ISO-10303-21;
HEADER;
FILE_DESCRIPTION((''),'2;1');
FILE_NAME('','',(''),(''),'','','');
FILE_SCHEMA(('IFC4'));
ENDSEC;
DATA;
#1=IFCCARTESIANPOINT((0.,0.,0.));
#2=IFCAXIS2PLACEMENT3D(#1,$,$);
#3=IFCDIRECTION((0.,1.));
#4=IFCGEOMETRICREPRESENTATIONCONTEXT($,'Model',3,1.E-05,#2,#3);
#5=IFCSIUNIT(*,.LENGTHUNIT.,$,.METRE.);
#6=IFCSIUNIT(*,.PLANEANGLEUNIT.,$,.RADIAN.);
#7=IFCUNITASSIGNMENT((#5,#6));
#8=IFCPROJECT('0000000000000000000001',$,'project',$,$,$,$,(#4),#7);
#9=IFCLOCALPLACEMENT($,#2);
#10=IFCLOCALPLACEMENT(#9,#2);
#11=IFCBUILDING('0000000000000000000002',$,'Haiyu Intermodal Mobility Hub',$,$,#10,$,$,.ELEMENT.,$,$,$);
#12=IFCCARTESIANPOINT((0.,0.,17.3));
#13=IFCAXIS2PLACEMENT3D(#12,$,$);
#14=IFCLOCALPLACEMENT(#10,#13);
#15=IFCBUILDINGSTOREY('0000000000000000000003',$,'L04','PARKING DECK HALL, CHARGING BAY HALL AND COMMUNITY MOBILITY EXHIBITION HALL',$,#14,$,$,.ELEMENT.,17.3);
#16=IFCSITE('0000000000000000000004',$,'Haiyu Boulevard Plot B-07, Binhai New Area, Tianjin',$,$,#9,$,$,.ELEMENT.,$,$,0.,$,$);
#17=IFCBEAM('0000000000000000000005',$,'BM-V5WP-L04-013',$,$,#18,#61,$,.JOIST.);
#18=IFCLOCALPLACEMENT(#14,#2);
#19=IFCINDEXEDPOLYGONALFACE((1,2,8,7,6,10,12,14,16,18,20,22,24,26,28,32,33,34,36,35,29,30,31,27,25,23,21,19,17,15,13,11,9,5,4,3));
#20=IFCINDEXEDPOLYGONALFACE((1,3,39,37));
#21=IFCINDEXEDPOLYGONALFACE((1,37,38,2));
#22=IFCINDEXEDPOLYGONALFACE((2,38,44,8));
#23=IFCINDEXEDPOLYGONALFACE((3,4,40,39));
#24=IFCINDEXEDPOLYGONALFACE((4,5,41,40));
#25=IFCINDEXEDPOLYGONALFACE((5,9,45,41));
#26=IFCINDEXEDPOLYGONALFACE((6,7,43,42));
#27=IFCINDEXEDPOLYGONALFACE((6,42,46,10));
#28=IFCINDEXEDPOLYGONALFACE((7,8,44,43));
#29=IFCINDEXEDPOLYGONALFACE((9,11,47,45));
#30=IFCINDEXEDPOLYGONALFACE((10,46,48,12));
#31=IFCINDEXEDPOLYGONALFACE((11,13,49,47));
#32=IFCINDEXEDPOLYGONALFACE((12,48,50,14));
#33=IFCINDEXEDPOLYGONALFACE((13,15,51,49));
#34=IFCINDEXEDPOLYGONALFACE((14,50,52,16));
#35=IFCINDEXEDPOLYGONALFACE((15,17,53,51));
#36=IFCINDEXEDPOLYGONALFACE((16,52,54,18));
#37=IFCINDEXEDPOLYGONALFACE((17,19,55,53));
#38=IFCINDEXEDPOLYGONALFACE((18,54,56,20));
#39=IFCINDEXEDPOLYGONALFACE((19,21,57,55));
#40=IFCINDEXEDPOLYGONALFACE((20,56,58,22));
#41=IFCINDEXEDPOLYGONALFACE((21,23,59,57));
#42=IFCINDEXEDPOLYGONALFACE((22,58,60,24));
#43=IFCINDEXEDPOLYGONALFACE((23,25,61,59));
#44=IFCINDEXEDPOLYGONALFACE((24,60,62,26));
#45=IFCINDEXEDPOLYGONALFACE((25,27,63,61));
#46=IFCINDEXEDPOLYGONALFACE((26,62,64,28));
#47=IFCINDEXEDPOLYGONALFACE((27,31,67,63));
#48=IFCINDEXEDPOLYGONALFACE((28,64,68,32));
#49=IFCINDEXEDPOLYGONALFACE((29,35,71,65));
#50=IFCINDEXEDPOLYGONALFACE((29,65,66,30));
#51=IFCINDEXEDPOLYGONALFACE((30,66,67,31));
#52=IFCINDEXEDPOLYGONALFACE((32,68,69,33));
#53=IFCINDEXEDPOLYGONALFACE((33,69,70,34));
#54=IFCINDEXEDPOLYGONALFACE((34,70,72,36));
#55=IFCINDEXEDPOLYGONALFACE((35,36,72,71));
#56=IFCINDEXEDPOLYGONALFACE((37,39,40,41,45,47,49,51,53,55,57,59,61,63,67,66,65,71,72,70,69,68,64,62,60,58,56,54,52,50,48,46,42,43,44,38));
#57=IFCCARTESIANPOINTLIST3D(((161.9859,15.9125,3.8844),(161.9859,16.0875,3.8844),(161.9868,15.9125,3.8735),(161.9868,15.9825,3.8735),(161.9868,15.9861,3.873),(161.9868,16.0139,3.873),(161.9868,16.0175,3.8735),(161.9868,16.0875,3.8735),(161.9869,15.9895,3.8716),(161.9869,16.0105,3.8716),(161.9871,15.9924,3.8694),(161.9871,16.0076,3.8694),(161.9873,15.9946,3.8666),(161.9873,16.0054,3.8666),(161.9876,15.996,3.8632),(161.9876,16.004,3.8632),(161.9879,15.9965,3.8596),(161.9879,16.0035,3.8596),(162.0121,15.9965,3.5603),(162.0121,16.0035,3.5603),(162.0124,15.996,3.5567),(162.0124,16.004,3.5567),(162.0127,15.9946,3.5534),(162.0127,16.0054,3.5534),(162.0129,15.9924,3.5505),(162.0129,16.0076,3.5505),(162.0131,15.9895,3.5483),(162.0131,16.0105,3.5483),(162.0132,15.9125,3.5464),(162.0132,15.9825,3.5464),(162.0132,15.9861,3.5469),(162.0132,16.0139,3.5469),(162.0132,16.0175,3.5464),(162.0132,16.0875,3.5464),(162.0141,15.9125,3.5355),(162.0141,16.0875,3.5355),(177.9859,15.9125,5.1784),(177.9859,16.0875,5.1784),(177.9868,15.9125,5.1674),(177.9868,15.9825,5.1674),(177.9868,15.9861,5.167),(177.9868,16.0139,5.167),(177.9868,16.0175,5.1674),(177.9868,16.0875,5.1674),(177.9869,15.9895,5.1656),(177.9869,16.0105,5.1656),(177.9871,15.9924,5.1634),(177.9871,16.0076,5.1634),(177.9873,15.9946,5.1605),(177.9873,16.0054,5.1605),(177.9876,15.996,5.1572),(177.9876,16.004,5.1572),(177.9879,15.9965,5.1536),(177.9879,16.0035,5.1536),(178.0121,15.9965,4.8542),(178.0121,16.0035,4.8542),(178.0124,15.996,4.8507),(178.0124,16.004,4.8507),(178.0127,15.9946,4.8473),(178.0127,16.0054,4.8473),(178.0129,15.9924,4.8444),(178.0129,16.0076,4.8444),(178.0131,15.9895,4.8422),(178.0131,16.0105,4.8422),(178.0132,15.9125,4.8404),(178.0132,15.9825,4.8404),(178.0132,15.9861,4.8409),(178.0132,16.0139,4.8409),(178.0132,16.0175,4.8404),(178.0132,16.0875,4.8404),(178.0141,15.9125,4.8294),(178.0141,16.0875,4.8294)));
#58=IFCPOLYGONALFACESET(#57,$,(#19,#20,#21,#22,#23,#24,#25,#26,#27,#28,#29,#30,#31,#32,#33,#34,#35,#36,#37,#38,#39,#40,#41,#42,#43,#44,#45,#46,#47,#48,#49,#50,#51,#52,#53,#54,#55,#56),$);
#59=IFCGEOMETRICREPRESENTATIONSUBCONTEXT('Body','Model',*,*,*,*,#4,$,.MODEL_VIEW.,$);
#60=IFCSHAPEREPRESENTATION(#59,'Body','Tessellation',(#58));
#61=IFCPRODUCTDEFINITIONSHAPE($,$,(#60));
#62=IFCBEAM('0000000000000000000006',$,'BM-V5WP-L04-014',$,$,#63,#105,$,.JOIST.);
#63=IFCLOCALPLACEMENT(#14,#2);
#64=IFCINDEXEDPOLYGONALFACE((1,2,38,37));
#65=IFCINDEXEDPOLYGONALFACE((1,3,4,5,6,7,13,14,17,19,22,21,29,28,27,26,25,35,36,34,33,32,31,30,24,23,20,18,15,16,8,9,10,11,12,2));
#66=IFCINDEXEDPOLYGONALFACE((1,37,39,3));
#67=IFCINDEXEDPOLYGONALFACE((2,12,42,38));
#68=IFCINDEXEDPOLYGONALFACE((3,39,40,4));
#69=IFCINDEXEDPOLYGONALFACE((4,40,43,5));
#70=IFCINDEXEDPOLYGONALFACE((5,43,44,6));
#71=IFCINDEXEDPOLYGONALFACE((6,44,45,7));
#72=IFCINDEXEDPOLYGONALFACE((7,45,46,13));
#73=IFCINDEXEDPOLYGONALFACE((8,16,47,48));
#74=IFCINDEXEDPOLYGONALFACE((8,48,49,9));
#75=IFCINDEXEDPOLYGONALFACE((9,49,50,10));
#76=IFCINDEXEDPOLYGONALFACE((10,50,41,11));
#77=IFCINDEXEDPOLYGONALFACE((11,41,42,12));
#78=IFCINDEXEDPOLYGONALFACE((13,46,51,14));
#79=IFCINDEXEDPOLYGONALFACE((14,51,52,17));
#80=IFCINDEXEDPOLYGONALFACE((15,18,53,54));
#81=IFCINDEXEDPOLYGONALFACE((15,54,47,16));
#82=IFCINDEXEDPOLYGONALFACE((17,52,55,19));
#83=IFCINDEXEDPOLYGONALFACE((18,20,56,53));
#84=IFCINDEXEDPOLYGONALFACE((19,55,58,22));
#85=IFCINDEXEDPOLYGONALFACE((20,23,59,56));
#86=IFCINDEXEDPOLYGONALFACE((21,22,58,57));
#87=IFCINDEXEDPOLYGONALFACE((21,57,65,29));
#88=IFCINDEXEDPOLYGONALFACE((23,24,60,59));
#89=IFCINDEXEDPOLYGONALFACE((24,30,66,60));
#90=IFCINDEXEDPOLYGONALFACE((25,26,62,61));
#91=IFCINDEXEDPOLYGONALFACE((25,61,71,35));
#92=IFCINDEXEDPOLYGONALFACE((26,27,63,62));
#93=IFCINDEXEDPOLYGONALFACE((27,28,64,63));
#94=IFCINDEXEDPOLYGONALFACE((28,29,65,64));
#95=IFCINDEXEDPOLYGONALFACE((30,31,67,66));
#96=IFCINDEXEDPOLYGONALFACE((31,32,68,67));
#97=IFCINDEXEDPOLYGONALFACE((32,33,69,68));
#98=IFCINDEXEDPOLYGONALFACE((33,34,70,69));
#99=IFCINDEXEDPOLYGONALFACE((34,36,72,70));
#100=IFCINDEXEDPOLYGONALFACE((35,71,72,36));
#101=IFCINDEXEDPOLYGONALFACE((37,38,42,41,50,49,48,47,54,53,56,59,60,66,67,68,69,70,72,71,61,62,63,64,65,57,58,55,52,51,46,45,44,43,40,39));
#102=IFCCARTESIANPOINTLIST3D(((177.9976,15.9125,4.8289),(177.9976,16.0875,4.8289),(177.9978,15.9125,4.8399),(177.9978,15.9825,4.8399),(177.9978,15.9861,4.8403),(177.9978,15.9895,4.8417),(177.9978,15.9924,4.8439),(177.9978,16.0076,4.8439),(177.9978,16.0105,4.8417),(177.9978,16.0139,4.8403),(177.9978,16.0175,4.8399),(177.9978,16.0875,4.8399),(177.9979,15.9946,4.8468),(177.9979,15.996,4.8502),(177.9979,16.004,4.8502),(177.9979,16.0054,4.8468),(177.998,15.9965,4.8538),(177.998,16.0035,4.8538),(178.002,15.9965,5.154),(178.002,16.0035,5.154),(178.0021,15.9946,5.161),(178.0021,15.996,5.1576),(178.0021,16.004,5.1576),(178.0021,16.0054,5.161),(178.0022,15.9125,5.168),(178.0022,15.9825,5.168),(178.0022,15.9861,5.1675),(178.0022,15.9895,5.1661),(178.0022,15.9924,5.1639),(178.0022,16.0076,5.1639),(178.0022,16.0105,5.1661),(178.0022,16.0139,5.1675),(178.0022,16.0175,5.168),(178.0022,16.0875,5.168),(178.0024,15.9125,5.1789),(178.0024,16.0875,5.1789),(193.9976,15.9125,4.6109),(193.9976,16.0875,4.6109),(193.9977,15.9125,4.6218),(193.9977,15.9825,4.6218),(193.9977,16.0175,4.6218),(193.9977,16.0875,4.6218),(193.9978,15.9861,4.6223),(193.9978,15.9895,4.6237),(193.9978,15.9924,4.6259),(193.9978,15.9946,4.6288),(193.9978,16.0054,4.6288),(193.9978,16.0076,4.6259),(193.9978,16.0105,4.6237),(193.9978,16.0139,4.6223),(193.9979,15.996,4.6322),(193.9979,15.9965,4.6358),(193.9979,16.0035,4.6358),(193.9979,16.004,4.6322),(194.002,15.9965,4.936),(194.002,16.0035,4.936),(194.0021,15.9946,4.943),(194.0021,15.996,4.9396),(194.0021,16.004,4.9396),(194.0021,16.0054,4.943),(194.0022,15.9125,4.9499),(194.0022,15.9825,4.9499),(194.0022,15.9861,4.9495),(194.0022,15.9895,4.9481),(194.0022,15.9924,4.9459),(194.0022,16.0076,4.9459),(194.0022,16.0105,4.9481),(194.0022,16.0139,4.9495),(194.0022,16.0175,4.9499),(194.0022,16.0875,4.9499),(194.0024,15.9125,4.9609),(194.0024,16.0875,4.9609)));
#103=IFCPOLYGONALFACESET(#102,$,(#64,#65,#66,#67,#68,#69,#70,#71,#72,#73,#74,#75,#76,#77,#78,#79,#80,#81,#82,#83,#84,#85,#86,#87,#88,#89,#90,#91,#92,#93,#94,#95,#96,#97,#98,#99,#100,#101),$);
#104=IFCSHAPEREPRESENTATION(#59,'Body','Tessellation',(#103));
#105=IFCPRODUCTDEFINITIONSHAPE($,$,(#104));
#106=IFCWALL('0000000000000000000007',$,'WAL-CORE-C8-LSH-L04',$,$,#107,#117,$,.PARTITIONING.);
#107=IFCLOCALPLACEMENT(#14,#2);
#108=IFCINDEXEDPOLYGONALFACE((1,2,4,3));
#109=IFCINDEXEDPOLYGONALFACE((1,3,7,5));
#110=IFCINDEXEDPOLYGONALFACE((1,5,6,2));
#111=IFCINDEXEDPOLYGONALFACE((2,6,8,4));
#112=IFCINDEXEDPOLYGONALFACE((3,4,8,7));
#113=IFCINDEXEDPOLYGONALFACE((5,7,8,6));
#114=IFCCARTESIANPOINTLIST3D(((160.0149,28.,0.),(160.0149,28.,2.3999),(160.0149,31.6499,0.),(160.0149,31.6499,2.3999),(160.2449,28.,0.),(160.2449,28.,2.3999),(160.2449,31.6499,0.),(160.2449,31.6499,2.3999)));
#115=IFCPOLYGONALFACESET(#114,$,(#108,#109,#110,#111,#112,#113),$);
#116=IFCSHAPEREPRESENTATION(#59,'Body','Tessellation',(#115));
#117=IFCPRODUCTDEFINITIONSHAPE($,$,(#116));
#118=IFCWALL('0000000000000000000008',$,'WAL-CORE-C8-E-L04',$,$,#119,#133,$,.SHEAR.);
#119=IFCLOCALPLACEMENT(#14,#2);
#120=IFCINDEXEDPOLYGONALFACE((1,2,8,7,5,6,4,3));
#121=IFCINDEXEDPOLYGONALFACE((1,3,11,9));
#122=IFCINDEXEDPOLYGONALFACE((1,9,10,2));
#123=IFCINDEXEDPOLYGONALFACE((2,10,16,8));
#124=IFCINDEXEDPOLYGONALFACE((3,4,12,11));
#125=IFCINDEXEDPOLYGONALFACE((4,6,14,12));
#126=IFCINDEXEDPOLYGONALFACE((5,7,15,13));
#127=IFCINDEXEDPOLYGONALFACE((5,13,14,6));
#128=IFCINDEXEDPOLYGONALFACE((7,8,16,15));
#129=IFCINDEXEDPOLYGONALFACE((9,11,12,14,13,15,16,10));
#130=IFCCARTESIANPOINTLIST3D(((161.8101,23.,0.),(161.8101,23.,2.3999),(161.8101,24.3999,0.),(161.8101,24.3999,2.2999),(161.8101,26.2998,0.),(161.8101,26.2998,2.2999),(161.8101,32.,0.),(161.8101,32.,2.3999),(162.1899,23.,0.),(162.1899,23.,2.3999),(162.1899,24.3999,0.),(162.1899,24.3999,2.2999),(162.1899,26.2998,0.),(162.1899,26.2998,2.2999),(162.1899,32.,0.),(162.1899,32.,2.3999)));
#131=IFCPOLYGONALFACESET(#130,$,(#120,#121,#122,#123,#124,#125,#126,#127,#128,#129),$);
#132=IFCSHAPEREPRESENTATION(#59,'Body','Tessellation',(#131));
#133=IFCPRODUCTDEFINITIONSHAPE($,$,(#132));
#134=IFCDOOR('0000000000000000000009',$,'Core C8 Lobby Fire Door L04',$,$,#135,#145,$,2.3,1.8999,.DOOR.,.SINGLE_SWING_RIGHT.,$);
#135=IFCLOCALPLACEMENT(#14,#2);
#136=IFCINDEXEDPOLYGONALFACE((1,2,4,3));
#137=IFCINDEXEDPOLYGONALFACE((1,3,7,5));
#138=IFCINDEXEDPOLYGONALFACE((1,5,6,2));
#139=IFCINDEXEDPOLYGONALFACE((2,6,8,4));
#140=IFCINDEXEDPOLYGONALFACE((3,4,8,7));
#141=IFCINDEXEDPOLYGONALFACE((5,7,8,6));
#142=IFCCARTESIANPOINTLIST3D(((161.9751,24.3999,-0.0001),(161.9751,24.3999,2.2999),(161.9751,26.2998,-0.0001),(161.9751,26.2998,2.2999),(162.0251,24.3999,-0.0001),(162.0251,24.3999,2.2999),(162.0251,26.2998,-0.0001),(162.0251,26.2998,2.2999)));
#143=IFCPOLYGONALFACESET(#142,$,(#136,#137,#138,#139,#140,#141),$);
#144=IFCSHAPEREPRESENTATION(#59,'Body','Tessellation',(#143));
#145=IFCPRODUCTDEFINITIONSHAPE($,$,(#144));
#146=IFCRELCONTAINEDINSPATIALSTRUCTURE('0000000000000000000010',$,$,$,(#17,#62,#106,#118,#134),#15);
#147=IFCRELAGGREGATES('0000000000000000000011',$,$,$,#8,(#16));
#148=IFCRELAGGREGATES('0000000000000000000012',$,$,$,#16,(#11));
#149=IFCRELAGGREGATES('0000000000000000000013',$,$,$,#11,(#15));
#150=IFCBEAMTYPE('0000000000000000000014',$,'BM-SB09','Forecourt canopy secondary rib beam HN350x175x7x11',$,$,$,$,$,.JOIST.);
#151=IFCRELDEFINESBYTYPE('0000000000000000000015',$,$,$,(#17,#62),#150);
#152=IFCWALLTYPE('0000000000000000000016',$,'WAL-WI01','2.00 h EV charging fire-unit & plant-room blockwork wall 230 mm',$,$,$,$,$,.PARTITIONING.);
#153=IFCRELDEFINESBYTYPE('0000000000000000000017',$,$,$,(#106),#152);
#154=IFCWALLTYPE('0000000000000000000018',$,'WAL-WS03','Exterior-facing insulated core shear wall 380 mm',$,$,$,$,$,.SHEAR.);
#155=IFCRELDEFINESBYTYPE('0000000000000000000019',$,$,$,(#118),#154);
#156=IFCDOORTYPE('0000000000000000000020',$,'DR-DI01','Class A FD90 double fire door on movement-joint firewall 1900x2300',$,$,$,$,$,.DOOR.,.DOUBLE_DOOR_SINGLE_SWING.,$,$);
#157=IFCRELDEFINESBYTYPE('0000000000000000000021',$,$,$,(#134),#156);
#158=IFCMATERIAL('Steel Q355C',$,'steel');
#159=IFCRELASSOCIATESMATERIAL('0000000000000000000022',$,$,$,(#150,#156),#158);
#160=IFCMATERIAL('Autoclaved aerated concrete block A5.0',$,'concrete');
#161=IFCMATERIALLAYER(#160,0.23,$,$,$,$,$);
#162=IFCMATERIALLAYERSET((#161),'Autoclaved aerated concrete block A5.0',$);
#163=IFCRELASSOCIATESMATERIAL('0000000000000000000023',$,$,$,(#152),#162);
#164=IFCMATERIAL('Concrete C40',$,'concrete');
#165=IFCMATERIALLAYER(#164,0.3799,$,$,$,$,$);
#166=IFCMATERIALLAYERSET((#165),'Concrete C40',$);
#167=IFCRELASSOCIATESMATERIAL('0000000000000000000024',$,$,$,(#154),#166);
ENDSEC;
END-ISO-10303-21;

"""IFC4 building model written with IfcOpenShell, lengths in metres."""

from ifc_helpers import new_model, si_unit, direction, frame, frame_2d, origin, origin_2d, place, context, subcontext, project, spatial, rectangle, i_section, extrude, material, layer, layer_set, material_profile, profile_set, type_object, element, fill, save


model = new_model("IFC4")

# Units and contexts
model_context = context("Model", 3, precision=1e-05, world=origin(), true_north=direction((0.0, 1.0)))
body_context = subcontext(model_context, "Body", "Model", "MODEL_VIEW")
ifc_project = project(units=[si_unit("LENGTHUNIT", "METRE"), si_unit("PLANEANGLEUNIT", "RADIAN")], contexts=[model_context])

# Site, building, storey
site_placement = place(None, origin())
site = spatial("IfcSite", under=ifc_project, at=site_placement, Name="Haiyu Boulevard Plot B-07, Binhai New Area, Tianjin", CompositionType="ELEMENT", RefElevation=0.0)
building_placement = place(site_placement, origin())
building = spatial("IfcBuilding", under=site, at=building_placement, Name="Haiyu Intermodal Mobility Hub", CompositionType="ELEMENT")
storey_placement = place(building_placement, frame((0.0, 0.0, 17.3)))
storey = spatial("IfcBuildingStorey", under=building, at=storey_placement, Name="L04", Description="PARKING DECK HALL, CHARGING BAY HALL AND COMMUNITY MOBILITY EXHIBITION HALL", CompositionType="ELEMENT", Elevation=17.3)

# Shared definitions
ifc_material_1 = material(Name="Steel Q355C", Category="steel")

# Beams
ifc_material_2 = material(Name="Concrete C40", Category="concrete")
ifc_material_profile_1 = material_profile(ifc_material_1, i_section(OverallWidth=0.175, OverallDepth=0.3501, WebThickness=0.0071, FlangeThickness=0.011, FilletRadius=0.0139, at=origin_2d()), Name="HN350x175x7x11")
ifc_profile_set_1 = profile_set([ifc_material_profile_1], Name="Steel Q355C")
beam_type_1 = type_object("IfcBeamType", Name="BM-SB09", Description="Forecourt canopy secondary rib beam HN350x175x7x11", PredefinedType="JOIST", material=ifc_profile_set_1)
beam_1_placement = place(storey_placement, frame((162.0, 16.0, 3.71), z_axis=(0.996746, 0.0, 0.080608), x_axis=(0.0, 1.0, 0.0)))
element("IfcBeam", 1, at=beam_1_placement, inside=storey, type_object=beam_type_1, Name="BM-V5WP-L04-013", PredefinedType="JOIST", context=body_context, shape_type="SweptSolid", body=[
    extrude(i_section(OverallWidth=0.175, OverallDepth=0.3501, WebThickness=0.0071, FlangeThickness=0.011, FilletRadius=0.0139, at=origin_2d()), origin(), (0.0, 0.0, 1.0), 16.0522),
])
beam_2_placement = place(storey_placement, frame((178.0, 16.0, 5.0039), z_axis=(0.999907, 0.0, -0.013625), x_axis=(0.0, 1.0, 0.0)))
element("IfcBeam", 2, at=beam_2_placement, inside=storey, type_object=beam_type_1, Name="BM-V5WP-L04-014", PredefinedType="JOIST", context=body_context, shape_type="SweptSolid", body=[
    extrude(i_section(OverallWidth=0.175, OverallDepth=0.3501, WebThickness=0.0071, FlangeThickness=0.011, FilletRadius=0.0139, at=origin_2d()), origin(), (0.0, 0.0, 1.0), 16.0015),
])

# Wall
ifc_material_3 = material(Name="Autoclaved aerated concrete block A5.0", Category="concrete")
ifc_layer_1 = layer(ifc_material_3, 0.23)
ifc_layer_set_1 = layer_set([ifc_layer_1], Name="Autoclaved aerated concrete block A5.0")
wall_type_1 = type_object("IfcWallType", Name="WAL-WI01", Description="2.00 h EV charging fire-unit & plant-room blockwork wall 230 mm", PredefinedType="PARTITIONING", material=ifc_layer_set_1)
wall_1_placement = place(storey_placement, frame((160.1299, 28.0, 0.0), z_axis=(0.0, 0.0, 1.0), x_axis=(0.0, 1.0, 0.0)))
element("IfcWall", 3, at=wall_1_placement, inside=storey, type_object=wall_type_1, Name="WAL-CORE-C8-LSH-L04", PredefinedType="PARTITIONING", context=body_context, shape_type="SweptSolid", body=[
    extrude(rectangle(XDim=3.6499, YDim=0.23, at=frame_2d((1.825, 0.0))), origin(), (0.0, 0.0, 1.0), 2.3999),
])

# Wall, opening, door
ifc_layer_2 = layer(ifc_material_2, 0.3799)
ifc_layer_set_2 = layer_set([ifc_layer_2], Name="Concrete C40")
wall_type_2 = type_object("IfcWallType", Name="WAL-WS03", Description="Exterior-facing insulated core shear wall 380 mm", PredefinedType="SHEAR", material=ifc_layer_set_2)
wall_2_placement = place(storey_placement, frame((162.0, 23.0, 0.0), z_axis=(0.0, 0.0, 1.0), x_axis=(0.0, 1.0, 0.0)))
wall_2 = element("IfcWall", 4, at=wall_2_placement, inside=storey, type_object=wall_type_2, Name="WAL-CORE-C8-E-L04", PredefinedType="SHEAR", context=body_context, shape_type="SweptSolid", body=[
    extrude(rectangle(XDim=9.0, YDim=0.3799, at=frame_2d((4.5, 0.0))), origin(), (0.0, 0.0, 1.0), 2.3999),
])
opening_1_placement = place(wall_2_placement, frame((1.3999, 0.0, 0.0)))
opening_1 = element("IfcOpeningElement", 5, at=opening_1_placement, cuts=wall_2, PredefinedType="OPENING", context=body_context, shape_type="SweptSolid", body=[
    extrude(rectangle(XDim=1.8999, YDim=2.3, at=frame_2d((0.95, 1.1499))), frame((0.0, 0.2, 0.0), z_axis=(0.0, -1.0, 0.0), x_axis=(1.0, 0.0, 0.0)), (0.0, 0.0, 1.0), 0.3999),
])
door_type_1 = type_object("IfcDoorType", Name="DR-DI01", Description="Class A FD90 double fire door on movement-joint firewall 1900x2300", OperationType="DOUBLE_DOOR_SINGLE_SWING", PredefinedType="DOOR", material=ifc_material_1)
door_1_placement = place(opening_1_placement, origin())
door_1 = element("IfcDoor", 6, at=door_1_placement, inside=storey, type_object=door_type_1, Name="Core C8 Lobby Fire Door L04", OperationType="SINGLE_SWING_RIGHT", OverallHeight=2.3, OverallWidth=1.8999, PredefinedType="DOOR", context=body_context, shape_type="SweptSolid", body=[
    extrude(rectangle(XDim=1.8999, YDim=2.3, at=frame_2d((0.95, 1.1499))), frame((0.0, 0.0249, 0.0), z_axis=(0.0, -1.0, 0.0), x_axis=(1.0, 0.0, 0.0)), (0.0, 0.0, 1.0), 0.05),
])
fill(opening_1, door_1)

save(model, "model.ifc")
